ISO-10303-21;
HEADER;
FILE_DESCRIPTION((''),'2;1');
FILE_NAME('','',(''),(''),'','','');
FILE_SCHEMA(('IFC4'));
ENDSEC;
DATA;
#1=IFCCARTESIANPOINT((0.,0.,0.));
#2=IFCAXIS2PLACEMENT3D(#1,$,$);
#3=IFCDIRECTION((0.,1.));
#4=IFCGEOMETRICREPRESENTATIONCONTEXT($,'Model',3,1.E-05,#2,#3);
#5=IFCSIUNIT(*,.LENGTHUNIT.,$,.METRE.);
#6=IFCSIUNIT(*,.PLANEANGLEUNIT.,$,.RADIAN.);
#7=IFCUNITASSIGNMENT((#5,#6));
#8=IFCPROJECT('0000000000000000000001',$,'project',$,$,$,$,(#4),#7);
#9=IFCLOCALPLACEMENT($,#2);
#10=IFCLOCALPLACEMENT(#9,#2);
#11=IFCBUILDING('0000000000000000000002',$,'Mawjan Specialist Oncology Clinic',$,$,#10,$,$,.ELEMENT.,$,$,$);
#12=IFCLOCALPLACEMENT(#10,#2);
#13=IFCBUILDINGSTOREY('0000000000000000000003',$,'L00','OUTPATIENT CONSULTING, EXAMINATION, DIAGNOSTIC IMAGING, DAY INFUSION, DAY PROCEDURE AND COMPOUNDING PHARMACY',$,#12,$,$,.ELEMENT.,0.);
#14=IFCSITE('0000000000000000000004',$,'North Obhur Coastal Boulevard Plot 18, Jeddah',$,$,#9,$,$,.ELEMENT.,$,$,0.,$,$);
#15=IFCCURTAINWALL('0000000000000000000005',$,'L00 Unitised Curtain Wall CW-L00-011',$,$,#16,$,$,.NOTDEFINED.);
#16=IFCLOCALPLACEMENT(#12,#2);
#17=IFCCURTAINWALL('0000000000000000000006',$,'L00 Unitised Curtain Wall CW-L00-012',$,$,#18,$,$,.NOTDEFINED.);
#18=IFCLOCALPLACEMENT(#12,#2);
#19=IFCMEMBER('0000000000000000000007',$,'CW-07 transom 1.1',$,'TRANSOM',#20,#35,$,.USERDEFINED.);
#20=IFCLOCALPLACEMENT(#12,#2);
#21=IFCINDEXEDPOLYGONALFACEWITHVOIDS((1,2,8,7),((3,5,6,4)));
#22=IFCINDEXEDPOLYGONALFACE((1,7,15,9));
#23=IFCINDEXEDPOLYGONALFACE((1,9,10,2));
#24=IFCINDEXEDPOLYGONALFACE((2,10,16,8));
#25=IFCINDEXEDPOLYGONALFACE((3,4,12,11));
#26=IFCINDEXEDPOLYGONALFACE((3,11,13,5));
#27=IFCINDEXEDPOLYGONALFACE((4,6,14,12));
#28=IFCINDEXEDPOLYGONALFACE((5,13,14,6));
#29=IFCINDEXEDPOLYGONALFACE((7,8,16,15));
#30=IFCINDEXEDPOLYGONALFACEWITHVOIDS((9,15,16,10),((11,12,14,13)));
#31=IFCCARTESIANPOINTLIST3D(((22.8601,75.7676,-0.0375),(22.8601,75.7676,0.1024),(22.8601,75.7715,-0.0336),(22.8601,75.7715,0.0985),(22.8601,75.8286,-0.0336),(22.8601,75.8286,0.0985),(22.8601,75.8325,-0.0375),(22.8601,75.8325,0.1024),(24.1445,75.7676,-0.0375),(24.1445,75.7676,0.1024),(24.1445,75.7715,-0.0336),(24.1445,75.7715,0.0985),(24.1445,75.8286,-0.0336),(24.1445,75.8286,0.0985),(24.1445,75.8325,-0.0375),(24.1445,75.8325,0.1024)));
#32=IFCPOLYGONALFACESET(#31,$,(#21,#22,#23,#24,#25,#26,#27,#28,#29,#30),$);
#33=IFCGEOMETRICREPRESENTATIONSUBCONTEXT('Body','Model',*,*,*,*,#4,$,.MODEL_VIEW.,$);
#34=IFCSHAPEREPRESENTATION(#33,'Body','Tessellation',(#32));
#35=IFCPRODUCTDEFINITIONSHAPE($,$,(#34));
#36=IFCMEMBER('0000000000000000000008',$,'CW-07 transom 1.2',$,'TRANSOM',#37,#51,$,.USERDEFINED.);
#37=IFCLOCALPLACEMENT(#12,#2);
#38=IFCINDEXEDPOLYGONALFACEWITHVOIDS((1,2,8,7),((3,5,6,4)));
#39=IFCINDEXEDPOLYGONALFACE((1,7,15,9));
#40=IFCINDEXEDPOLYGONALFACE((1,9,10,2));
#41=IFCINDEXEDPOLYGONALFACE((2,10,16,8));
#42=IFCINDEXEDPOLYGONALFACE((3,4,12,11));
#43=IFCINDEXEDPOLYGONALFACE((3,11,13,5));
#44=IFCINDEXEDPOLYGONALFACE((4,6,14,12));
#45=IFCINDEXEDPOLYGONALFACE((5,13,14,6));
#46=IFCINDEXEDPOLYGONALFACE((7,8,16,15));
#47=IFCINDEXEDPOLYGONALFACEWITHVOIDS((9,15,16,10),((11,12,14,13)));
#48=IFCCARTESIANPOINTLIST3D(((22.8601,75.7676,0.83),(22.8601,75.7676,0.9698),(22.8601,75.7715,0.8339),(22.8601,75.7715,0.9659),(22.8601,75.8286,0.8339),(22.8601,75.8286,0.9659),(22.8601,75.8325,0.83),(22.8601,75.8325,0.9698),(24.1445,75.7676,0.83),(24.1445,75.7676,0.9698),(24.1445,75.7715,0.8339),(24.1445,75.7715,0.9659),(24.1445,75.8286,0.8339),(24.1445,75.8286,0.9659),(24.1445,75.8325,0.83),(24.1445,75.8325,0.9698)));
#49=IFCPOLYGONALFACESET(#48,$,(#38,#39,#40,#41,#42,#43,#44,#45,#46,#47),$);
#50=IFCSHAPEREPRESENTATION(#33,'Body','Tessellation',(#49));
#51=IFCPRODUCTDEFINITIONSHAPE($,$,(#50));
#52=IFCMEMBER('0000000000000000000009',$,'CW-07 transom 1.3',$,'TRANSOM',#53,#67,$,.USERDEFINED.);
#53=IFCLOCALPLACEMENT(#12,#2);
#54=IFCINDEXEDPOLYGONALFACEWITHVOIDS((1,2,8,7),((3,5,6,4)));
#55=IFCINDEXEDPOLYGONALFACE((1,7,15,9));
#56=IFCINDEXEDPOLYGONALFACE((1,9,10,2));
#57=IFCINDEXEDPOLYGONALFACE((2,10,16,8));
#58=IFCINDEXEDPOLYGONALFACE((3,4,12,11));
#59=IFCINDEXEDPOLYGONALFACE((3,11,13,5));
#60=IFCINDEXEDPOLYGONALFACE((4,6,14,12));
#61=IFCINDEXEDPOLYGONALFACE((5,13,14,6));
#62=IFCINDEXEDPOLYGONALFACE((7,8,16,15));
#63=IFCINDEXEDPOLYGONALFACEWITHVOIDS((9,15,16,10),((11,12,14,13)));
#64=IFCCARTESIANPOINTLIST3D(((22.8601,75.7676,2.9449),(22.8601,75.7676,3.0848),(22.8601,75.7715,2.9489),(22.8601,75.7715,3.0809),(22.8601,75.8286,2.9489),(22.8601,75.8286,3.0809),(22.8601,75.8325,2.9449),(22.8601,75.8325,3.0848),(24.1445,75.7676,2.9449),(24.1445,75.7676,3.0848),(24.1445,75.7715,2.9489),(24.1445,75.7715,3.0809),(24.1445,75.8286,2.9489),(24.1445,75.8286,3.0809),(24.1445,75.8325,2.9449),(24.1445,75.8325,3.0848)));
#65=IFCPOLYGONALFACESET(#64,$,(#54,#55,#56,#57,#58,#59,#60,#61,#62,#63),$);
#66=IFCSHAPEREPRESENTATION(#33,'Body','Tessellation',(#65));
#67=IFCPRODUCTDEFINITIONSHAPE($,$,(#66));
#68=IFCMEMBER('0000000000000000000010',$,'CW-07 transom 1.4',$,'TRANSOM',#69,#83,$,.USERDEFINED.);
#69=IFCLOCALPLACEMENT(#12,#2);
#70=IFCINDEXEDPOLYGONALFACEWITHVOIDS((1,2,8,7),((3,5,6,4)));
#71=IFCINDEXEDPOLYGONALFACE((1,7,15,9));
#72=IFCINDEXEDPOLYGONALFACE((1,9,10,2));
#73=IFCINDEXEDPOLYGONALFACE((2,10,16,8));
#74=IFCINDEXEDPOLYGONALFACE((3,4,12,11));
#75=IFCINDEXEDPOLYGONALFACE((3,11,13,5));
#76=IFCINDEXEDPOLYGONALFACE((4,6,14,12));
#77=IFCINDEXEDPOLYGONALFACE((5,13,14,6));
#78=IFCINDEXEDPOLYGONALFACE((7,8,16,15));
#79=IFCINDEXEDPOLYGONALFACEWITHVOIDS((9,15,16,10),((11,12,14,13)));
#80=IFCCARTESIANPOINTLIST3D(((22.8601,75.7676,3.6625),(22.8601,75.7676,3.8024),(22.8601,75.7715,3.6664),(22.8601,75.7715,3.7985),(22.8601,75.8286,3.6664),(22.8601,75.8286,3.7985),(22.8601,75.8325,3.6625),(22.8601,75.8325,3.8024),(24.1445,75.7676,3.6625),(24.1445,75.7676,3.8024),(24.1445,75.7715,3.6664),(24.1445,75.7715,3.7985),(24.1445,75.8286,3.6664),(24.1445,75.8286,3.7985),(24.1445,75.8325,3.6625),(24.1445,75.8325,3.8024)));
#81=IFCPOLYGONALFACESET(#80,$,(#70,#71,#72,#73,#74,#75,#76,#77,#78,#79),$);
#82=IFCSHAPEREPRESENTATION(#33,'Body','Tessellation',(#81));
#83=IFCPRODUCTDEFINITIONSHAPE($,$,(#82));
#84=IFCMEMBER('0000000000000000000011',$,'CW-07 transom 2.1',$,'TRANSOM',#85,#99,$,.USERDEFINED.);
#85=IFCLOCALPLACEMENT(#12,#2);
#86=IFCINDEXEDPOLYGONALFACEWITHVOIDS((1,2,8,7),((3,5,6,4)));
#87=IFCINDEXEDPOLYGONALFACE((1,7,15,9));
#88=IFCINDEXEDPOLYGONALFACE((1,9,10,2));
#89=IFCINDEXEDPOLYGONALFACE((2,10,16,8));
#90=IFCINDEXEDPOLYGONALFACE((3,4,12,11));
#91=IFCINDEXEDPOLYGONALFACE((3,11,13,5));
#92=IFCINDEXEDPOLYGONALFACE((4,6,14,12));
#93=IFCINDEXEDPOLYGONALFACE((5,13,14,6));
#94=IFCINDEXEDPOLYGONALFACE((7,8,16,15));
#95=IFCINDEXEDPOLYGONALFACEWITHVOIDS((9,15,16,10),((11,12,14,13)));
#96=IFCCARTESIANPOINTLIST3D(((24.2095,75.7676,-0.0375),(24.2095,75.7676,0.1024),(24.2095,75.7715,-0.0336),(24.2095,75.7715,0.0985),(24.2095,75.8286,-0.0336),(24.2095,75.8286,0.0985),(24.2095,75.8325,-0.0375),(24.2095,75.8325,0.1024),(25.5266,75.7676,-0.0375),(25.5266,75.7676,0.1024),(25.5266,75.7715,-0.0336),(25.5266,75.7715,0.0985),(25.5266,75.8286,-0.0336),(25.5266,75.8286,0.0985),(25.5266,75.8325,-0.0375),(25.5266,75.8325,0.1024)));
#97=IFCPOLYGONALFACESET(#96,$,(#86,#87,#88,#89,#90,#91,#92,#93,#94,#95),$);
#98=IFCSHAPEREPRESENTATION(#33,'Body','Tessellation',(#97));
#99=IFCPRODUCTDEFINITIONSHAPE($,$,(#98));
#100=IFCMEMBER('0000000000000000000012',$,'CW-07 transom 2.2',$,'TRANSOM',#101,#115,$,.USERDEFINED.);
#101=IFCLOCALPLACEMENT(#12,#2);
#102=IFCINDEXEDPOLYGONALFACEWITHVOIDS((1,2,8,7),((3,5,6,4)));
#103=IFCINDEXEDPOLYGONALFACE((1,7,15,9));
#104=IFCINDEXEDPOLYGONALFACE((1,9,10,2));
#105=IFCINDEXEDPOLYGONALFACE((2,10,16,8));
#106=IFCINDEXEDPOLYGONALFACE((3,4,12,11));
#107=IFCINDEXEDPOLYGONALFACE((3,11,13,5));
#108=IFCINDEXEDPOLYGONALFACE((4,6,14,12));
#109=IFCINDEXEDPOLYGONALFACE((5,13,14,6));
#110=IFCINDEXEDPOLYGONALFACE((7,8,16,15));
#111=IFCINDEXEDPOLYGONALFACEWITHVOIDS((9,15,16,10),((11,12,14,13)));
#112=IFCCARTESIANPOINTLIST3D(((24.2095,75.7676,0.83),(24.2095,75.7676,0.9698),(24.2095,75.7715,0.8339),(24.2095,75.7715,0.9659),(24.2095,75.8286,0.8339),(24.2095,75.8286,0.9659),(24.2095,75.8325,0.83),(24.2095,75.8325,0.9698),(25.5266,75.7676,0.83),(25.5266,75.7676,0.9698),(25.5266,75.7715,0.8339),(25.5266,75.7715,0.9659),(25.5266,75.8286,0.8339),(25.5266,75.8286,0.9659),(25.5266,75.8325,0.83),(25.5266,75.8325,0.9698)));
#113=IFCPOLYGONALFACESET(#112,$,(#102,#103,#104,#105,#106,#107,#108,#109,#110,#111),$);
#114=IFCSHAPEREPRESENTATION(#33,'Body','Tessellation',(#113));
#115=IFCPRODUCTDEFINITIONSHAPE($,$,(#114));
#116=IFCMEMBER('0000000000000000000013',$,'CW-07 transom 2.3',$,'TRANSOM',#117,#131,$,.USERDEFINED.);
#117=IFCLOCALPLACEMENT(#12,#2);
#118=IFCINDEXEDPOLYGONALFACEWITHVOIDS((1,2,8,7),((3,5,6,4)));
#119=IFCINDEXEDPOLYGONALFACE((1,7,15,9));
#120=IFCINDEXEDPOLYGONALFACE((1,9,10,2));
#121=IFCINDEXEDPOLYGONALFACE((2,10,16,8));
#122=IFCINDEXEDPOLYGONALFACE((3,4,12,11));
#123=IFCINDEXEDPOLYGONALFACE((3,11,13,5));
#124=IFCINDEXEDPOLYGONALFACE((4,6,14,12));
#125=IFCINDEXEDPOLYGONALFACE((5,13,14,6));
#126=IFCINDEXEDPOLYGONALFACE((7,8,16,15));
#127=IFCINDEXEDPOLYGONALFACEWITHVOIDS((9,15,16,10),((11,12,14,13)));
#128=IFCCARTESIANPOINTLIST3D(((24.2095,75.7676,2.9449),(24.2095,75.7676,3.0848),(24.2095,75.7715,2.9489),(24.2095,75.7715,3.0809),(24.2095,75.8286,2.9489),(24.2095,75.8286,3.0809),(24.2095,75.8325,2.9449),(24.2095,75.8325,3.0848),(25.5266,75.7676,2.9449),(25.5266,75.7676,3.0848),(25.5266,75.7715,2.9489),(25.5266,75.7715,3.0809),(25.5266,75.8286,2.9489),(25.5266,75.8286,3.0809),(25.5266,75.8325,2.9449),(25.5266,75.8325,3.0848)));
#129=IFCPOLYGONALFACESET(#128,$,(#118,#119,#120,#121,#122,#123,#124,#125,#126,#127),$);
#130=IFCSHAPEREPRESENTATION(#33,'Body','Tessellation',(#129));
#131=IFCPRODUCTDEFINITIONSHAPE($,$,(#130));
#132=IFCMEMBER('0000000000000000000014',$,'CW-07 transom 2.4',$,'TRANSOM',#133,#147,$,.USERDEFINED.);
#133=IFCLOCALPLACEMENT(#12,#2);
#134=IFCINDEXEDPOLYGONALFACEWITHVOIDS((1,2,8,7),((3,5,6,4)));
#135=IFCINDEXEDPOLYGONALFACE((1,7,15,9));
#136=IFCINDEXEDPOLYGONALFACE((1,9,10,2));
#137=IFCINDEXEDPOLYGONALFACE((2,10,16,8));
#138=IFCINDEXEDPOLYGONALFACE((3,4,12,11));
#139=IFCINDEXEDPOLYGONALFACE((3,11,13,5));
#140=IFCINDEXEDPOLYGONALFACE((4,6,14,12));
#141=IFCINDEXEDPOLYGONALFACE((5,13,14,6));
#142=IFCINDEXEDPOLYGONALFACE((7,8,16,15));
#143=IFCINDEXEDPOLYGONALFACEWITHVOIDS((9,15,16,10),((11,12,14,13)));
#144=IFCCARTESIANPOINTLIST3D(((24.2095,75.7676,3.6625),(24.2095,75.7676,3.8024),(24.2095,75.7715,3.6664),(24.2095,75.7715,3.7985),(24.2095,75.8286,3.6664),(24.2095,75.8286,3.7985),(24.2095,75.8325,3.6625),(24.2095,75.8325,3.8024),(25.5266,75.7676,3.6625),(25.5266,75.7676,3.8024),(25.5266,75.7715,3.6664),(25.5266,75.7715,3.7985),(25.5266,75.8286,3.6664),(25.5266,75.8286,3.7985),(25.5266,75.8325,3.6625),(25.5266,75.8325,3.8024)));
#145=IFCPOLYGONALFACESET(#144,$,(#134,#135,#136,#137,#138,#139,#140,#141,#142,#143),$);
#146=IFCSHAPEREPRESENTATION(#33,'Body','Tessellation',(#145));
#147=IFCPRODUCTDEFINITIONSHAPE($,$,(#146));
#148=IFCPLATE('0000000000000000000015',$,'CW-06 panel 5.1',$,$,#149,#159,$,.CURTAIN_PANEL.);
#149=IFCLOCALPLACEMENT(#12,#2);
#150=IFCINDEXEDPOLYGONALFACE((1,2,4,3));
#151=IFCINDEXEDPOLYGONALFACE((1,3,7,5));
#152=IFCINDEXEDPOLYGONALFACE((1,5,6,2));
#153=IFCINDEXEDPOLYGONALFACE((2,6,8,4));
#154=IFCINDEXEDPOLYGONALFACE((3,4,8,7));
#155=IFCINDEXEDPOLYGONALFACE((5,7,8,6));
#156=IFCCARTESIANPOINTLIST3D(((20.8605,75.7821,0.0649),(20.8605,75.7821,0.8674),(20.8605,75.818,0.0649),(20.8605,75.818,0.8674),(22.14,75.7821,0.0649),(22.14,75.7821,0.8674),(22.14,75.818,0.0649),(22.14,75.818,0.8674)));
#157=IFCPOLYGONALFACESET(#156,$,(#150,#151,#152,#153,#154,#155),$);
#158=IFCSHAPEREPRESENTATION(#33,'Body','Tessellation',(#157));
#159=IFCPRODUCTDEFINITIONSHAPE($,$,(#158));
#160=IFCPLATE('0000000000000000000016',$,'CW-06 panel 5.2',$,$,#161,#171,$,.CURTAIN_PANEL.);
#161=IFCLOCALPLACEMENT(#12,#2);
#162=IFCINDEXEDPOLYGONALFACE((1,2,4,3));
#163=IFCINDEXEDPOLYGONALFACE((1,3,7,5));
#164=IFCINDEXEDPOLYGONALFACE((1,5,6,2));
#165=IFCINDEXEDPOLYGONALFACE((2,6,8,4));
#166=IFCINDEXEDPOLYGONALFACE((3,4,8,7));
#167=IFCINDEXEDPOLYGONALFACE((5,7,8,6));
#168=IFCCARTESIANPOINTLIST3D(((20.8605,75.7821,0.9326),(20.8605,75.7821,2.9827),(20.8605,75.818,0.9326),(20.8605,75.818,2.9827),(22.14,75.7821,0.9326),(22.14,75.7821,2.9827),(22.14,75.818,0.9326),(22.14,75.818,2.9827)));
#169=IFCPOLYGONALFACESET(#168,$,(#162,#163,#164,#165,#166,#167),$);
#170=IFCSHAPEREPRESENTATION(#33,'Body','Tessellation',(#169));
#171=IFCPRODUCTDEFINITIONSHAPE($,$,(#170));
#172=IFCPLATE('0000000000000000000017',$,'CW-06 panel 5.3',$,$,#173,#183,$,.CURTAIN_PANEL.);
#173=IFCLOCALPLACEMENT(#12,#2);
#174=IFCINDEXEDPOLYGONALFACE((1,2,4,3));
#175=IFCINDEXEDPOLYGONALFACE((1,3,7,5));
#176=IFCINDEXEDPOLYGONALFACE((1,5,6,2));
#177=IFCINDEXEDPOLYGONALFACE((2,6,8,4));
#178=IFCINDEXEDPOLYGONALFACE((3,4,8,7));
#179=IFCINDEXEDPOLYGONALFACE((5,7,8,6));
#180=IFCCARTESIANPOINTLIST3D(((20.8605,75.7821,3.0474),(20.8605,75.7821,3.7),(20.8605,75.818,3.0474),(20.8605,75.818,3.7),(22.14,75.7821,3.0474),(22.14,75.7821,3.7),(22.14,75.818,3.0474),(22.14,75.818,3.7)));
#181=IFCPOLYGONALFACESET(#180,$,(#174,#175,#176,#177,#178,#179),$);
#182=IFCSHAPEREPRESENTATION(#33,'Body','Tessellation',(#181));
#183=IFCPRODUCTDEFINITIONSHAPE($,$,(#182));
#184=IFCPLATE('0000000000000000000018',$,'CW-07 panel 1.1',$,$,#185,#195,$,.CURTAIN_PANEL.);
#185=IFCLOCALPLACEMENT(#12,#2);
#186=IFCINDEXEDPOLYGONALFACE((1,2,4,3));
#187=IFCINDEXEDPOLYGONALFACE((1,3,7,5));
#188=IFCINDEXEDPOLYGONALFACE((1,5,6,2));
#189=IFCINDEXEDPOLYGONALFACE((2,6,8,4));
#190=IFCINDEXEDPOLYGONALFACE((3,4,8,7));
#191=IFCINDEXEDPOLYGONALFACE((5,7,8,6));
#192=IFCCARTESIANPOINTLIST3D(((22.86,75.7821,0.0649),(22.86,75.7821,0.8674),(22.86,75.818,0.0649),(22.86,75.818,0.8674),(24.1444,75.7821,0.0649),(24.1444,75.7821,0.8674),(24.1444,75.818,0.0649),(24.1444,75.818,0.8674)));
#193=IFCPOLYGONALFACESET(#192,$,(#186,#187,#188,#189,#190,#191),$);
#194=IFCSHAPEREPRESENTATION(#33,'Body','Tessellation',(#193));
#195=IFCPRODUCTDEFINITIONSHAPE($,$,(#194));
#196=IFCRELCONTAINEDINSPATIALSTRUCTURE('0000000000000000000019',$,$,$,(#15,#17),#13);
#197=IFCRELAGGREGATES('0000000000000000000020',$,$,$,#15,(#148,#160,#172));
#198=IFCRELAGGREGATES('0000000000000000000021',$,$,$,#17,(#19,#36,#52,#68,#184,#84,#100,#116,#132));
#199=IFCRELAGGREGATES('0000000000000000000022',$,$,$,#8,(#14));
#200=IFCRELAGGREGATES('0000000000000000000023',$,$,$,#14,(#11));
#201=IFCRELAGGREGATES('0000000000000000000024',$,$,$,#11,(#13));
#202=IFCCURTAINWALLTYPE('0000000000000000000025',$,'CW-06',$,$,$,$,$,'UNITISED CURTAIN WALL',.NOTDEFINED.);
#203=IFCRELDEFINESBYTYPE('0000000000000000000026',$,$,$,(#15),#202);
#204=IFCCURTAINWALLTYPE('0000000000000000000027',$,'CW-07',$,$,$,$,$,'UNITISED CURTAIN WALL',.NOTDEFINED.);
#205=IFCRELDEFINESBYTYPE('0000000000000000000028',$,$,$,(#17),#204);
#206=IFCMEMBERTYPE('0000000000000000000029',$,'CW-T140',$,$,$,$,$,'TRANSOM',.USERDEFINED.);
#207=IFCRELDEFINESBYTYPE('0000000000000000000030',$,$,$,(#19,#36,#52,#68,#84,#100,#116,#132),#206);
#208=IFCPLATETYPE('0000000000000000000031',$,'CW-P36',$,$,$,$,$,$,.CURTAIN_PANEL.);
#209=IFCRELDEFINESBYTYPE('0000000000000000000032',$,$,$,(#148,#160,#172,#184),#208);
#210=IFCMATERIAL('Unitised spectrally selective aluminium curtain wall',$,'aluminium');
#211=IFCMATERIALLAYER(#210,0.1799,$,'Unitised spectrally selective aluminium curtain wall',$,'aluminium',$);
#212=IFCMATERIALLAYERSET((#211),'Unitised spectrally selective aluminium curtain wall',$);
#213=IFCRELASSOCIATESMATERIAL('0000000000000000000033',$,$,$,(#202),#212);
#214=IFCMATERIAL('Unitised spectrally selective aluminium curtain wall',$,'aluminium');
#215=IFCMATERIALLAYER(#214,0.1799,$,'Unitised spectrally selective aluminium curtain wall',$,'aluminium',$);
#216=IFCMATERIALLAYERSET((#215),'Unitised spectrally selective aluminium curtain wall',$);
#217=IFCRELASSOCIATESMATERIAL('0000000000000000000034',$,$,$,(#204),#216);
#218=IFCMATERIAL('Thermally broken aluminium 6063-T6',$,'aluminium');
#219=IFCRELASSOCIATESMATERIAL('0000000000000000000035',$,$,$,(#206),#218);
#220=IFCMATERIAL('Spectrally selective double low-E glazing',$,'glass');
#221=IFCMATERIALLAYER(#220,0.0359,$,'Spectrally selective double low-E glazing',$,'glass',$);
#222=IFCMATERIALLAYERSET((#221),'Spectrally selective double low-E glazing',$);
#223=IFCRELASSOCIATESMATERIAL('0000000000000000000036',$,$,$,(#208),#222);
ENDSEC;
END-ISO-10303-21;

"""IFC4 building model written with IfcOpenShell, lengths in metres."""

from ifc_helpers import new_model, si_unit, direction, frame, origin, origin_2d, place, context, subcontext, project, spatial, rectangle, hollow_rectangle, extrude, material, layer, layer_set, material_profile, profile_set, type_object, element, aggregate, save


model = new_model("IFC4")

# Units and contexts
model_context = context("Model", 3, precision=1e-05, world=origin(), true_north=direction((0.0, 1.0)))
body_context = subcontext(model_context, "Body", "Model", "MODEL_VIEW")
ifc_project = project(units=[si_unit("LENGTHUNIT", "METRE"), si_unit("PLANEANGLEUNIT", "RADIAN")], contexts=[model_context])

# Site, building, storey
site_placement = place(None, origin())
site = spatial("IfcSite", under=ifc_project, at=site_placement, Name="North Obhur Coastal Boulevard Plot 18, Jeddah", CompositionType="ELEMENT", RefElevation=0.0)
building_placement = place(site_placement, origin())
building = spatial("IfcBuilding", under=site, at=building_placement, Name="Mawjan Specialist Oncology Clinic", CompositionType="ELEMENT")
storey_placement = place(building_placement, origin())
storey = spatial("IfcBuildingStorey", under=building, at=storey_placement, Name="L00", Description="OUTPATIENT CONSULTING, EXAMINATION, DIAGNOSTIC IMAGING, DAY INFUSION, DAY PROCEDURE AND COMPOUNDING PHARMACY", CompositionType="ELEMENT", Elevation=0.0)

# Curtain wall
ifc_material_1 = material(Name="Unitised spectrally selective aluminium curtain wall", Category="aluminium")
ifc_layer_1 = layer(ifc_material_1, 0.1799, Name="Unitised spectrally selective aluminium curtain wall", Category="aluminium")
ifc_layer_set_1 = layer_set([ifc_layer_1], Name="Unitised spectrally selective aluminium curtain wall")
curtain_wall_type_1 = type_object("IfcCurtainWallType", Name="CW-06", ElementType="UNITISED CURTAIN WALL", PredefinedType="NOTDEFINED", material=ifc_layer_set_1)
curtain_wall_1_placement = place(storey_placement, origin())
curtain_wall_1 = element("IfcCurtainWall", 1, at=curtain_wall_1_placement, inside=storey, type_object=curtain_wall_type_1, Name="L00 Unitised Curtain Wall CW-L00-011", PredefinedType="NOTDEFINED")

# Curtain wall
ifc_material_2 = material(Name="Unitised spectrally selective aluminium curtain wall", Category="aluminium")
ifc_layer_2 = layer(ifc_material_2, 0.1799, Name="Unitised spectrally selective aluminium curtain wall", Category="aluminium")
ifc_layer_set_2 = layer_set([ifc_layer_2], Name="Unitised spectrally selective aluminium curtain wall")
curtain_wall_type_2 = type_object("IfcCurtainWallType", Name="CW-07", ElementType="UNITISED CURTAIN WALL", PredefinedType="NOTDEFINED", material=ifc_layer_set_2)
curtain_wall_2_placement = place(storey_placement, origin())
curtain_wall_2 = element("IfcCurtainWall", 2, at=curtain_wall_2_placement, inside=storey, type_object=curtain_wall_type_2, Name="L00 Unitised Curtain Wall CW-L00-012", PredefinedType="NOTDEFINED")

# Members
ifc_material_3 = material(Name="Thermally broken aluminium 6063-T6", Category="aluminium")
ifc_material_profile_1 = material_profile(ifc_material_3, hollow_rectangle(XDim=0.0649, YDim=0.1399, WallThickness=0.0039, at=origin_2d()), Name="ALU TRANSOM 140x65x4", Category="aluminium")
ifc_profile_set_1 = profile_set([ifc_material_profile_1], Name="Thermally broken aluminium 6063-T6")
member_type_1 = type_object("IfcMemberType", Name="CW-T140", ElementType="TRANSOM", PredefinedType="USERDEFINED", material=ifc_profile_set_1)
member_1_placement = place(storey_placement, frame((22.8601, 75.8, 0.0325), z_axis=(1.0, 0.0, 0.0), x_axis=(0.0, 1.0, 0.0)))
member_1 = element("IfcMember", 3, at=member_1_placement, type_object=member_type_1, Name="CW-07 transom 1.1", ObjectType="TRANSOM", PredefinedType="USERDEFINED", context=body_context, shape_type="SweptSolid", body=[
    extrude(hollow_rectangle(XDim=0.0649, YDim=0.1399, WallThickness=0.0039, at=origin_2d()), origin(), (0.0, 0.0, 1.0), 1.2844),
])
member_2_placement = place(storey_placement, frame((22.8601, 75.8, 0.8999), z_axis=(1.0, 0.0, 0.0), x_axis=(0.0, 1.0, 0.0)))
member_2 = element("IfcMember", 4, at=member_2_placement, type_object=member_type_1, Name="CW-07 transom 1.2", ObjectType="TRANSOM", PredefinedType="USERDEFINED", context=body_context, shape_type="SweptSolid", body=[
    extrude(hollow_rectangle(XDim=0.0649, YDim=0.1399, WallThickness=0.0039, at=origin_2d()), origin(), (0.0, 0.0, 1.0), 1.2844),
])
member_3_placement = place(storey_placement, frame((22.8601, 75.8, 3.0149), z_axis=(1.0, 0.0, 0.0), x_axis=(0.0, 1.0, 0.0)))
member_3 = element("IfcMember", 5, at=member_3_placement, type_object=member_type_1, Name="CW-07 transom 1.3", ObjectType="TRANSOM", PredefinedType="USERDEFINED", context=body_context, shape_type="SweptSolid", body=[
    extrude(hollow_rectangle(XDim=0.0649, YDim=0.1399, WallThickness=0.0039, at=origin_2d()), origin(), (0.0, 0.0, 1.0), 1.2844),
])
member_4_placement = place(storey_placement, frame((22.8601, 75.8, 3.7324), z_axis=(1.0, 0.0, 0.0), x_axis=(0.0, 1.0, 0.0)))
member_4 = element("IfcMember", 6, at=member_4_placement, type_object=member_type_1, Name="CW-07 transom 1.4", ObjectType="TRANSOM", PredefinedType="USERDEFINED", context=body_context, shape_type="SweptSolid", body=[
    extrude(hollow_rectangle(XDim=0.0649, YDim=0.1399, WallThickness=0.0039, at=origin_2d()), origin(), (0.0, 0.0, 1.0), 1.2844),
])
member_5_placement = place(storey_placement, frame((24.2095, 75.8, 0.0325), z_axis=(1.0, 0.0, 0.0), x_axis=(0.0, 1.0, 0.0)))
member_5 = element("IfcMember", 7, at=member_5_placement, type_object=member_type_1, Name="CW-07 transom 2.1", ObjectType="TRANSOM", PredefinedType="USERDEFINED", context=body_context, shape_type="SweptSolid", body=[
    extrude(hollow_rectangle(XDim=0.0649, YDim=0.1399, WallThickness=0.0039, at=origin_2d()), origin(), (0.0, 0.0, 1.0), 1.3171),
])
member_6_placement = place(storey_placement, frame((24.2095, 75.8, 0.8999), z_axis=(1.0, 0.0, 0.0), x_axis=(0.0, 1.0, 0.0)))
member_6 = element("IfcMember", 8, at=member_6_placement, type_object=member_type_1, Name="CW-07 transom 2.2", ObjectType="TRANSOM", PredefinedType="USERDEFINED", context=body_context, shape_type="SweptSolid", body=[
    extrude(hollow_rectangle(XDim=0.0649, YDim=0.1399, WallThickness=0.0039, at=origin_2d()), origin(), (0.0, 0.0, 1.0), 1.3171),
])
member_7_placement = place(storey_placement, frame((24.2095, 75.8, 3.0149), z_axis=(1.0, 0.0, 0.0), x_axis=(0.0, 1.0, 0.0)))
member_7 = element("IfcMember", 9, at=member_7_placement, type_object=member_type_1, Name="CW-07 transom 2.3", ObjectType="TRANSOM", PredefinedType="USERDEFINED", context=body_context, shape_type="SweptSolid", body=[
    extrude(hollow_rectangle(XDim=0.0649, YDim=0.1399, WallThickness=0.0039, at=origin_2d()), origin(), (0.0, 0.0, 1.0), 1.3171),
])
member_8_placement = place(storey_placement, frame((24.2095, 75.8, 3.7324), z_axis=(1.0, 0.0, 0.0), x_axis=(0.0, 1.0, 0.0)))
member_8 = element("IfcMember", 10, at=member_8_placement, type_object=member_type_1, Name="CW-07 transom 2.4", ObjectType="TRANSOM", PredefinedType="USERDEFINED", context=body_context, shape_type="SweptSolid", body=[
    extrude(hollow_rectangle(XDim=0.0649, YDim=0.1399, WallThickness=0.0039, at=origin_2d()), origin(), (0.0, 0.0, 1.0), 1.3171),
])

# Plates
ifc_material_4 = material(Name="Spectrally selective double low-E glazing", Category="glass")
ifc_layer_3 = layer(ifc_material_4, 0.0359, Name="Spectrally selective double low-E glazing", Category="glass")
ifc_layer_set_3 = layer_set([ifc_layer_3], Name="Spectrally selective double low-E glazing")
plate_type = type_object("IfcPlateType", Name="CW-P36", PredefinedType="CURTAIN_PANEL", material=ifc_layer_set_3)
plate_1_placement = place(storey_placement, frame((21.5002, 75.8, 0.0649), z_axis=(0.0, 0.0, 1.0), x_axis=(1.0, 0.0, 0.0)))
plate_1 = element("IfcPlate", 11, at=plate_1_placement, type_object=plate_type, Name="CW-06 panel 5.1", PredefinedType="CURTAIN_PANEL", context=body_context, shape_type="SweptSolid", body=[
    extrude(rectangle(XDim=1.2795, YDim=0.0359, at=origin_2d()), origin(), (0.0, 0.0, 1.0), 0.8025),
])
plate_2_placement = place(storey_placement, frame((21.5002, 75.8, 0.9326), z_axis=(0.0, 0.0, 1.0), x_axis=(1.0, 0.0, 0.0)))
plate_2 = element("IfcPlate", 12, at=plate_2_placement, type_object=plate_type, Name="CW-06 panel 5.2", PredefinedType="CURTAIN_PANEL", context=body_context, shape_type="SweptSolid", body=[
    extrude(rectangle(XDim=1.2795, YDim=0.0359, at=origin_2d()), origin(), (0.0, 0.0, 1.0), 2.05),
])
plate_3_placement = place(storey_placement, frame((21.5002, 75.8, 3.0474), z_axis=(0.0, 0.0, 1.0), x_axis=(1.0, 0.0, 0.0)))
plate_3 = element("IfcPlate", 13, at=plate_3_placement, type_object=plate_type, Name="CW-06 panel 5.3", PredefinedType="CURTAIN_PANEL", context=body_context, shape_type="SweptSolid", body=[
    extrude(rectangle(XDim=1.2795, YDim=0.0359, at=origin_2d()), origin(), (0.0, 0.0, 1.0), 0.6526),
])
aggregate(curtain_wall_1, [plate_1, plate_2, plate_3])
plate_4_placement = place(storey_placement, frame((23.5022, 75.8, 0.0649), z_axis=(0.0, 0.0, 1.0), x_axis=(1.0, 0.0, 0.0)))
plate_4 = element("IfcPlate", 14, at=plate_4_placement, type_object=plate_type, Name="CW-07 panel 1.1", PredefinedType="CURTAIN_PANEL", context=body_context, shape_type="SweptSolid", body=[
    extrude(rectangle(XDim=1.2844, YDim=0.0359, at=origin_2d()), origin(), (0.0, 0.0, 1.0), 0.8025),
])
aggregate(curtain_wall_2, [member_1, member_2, member_3, member_4, plate_4, member_5, member_6, member_7, member_8])

save(model, "model.ifc")
